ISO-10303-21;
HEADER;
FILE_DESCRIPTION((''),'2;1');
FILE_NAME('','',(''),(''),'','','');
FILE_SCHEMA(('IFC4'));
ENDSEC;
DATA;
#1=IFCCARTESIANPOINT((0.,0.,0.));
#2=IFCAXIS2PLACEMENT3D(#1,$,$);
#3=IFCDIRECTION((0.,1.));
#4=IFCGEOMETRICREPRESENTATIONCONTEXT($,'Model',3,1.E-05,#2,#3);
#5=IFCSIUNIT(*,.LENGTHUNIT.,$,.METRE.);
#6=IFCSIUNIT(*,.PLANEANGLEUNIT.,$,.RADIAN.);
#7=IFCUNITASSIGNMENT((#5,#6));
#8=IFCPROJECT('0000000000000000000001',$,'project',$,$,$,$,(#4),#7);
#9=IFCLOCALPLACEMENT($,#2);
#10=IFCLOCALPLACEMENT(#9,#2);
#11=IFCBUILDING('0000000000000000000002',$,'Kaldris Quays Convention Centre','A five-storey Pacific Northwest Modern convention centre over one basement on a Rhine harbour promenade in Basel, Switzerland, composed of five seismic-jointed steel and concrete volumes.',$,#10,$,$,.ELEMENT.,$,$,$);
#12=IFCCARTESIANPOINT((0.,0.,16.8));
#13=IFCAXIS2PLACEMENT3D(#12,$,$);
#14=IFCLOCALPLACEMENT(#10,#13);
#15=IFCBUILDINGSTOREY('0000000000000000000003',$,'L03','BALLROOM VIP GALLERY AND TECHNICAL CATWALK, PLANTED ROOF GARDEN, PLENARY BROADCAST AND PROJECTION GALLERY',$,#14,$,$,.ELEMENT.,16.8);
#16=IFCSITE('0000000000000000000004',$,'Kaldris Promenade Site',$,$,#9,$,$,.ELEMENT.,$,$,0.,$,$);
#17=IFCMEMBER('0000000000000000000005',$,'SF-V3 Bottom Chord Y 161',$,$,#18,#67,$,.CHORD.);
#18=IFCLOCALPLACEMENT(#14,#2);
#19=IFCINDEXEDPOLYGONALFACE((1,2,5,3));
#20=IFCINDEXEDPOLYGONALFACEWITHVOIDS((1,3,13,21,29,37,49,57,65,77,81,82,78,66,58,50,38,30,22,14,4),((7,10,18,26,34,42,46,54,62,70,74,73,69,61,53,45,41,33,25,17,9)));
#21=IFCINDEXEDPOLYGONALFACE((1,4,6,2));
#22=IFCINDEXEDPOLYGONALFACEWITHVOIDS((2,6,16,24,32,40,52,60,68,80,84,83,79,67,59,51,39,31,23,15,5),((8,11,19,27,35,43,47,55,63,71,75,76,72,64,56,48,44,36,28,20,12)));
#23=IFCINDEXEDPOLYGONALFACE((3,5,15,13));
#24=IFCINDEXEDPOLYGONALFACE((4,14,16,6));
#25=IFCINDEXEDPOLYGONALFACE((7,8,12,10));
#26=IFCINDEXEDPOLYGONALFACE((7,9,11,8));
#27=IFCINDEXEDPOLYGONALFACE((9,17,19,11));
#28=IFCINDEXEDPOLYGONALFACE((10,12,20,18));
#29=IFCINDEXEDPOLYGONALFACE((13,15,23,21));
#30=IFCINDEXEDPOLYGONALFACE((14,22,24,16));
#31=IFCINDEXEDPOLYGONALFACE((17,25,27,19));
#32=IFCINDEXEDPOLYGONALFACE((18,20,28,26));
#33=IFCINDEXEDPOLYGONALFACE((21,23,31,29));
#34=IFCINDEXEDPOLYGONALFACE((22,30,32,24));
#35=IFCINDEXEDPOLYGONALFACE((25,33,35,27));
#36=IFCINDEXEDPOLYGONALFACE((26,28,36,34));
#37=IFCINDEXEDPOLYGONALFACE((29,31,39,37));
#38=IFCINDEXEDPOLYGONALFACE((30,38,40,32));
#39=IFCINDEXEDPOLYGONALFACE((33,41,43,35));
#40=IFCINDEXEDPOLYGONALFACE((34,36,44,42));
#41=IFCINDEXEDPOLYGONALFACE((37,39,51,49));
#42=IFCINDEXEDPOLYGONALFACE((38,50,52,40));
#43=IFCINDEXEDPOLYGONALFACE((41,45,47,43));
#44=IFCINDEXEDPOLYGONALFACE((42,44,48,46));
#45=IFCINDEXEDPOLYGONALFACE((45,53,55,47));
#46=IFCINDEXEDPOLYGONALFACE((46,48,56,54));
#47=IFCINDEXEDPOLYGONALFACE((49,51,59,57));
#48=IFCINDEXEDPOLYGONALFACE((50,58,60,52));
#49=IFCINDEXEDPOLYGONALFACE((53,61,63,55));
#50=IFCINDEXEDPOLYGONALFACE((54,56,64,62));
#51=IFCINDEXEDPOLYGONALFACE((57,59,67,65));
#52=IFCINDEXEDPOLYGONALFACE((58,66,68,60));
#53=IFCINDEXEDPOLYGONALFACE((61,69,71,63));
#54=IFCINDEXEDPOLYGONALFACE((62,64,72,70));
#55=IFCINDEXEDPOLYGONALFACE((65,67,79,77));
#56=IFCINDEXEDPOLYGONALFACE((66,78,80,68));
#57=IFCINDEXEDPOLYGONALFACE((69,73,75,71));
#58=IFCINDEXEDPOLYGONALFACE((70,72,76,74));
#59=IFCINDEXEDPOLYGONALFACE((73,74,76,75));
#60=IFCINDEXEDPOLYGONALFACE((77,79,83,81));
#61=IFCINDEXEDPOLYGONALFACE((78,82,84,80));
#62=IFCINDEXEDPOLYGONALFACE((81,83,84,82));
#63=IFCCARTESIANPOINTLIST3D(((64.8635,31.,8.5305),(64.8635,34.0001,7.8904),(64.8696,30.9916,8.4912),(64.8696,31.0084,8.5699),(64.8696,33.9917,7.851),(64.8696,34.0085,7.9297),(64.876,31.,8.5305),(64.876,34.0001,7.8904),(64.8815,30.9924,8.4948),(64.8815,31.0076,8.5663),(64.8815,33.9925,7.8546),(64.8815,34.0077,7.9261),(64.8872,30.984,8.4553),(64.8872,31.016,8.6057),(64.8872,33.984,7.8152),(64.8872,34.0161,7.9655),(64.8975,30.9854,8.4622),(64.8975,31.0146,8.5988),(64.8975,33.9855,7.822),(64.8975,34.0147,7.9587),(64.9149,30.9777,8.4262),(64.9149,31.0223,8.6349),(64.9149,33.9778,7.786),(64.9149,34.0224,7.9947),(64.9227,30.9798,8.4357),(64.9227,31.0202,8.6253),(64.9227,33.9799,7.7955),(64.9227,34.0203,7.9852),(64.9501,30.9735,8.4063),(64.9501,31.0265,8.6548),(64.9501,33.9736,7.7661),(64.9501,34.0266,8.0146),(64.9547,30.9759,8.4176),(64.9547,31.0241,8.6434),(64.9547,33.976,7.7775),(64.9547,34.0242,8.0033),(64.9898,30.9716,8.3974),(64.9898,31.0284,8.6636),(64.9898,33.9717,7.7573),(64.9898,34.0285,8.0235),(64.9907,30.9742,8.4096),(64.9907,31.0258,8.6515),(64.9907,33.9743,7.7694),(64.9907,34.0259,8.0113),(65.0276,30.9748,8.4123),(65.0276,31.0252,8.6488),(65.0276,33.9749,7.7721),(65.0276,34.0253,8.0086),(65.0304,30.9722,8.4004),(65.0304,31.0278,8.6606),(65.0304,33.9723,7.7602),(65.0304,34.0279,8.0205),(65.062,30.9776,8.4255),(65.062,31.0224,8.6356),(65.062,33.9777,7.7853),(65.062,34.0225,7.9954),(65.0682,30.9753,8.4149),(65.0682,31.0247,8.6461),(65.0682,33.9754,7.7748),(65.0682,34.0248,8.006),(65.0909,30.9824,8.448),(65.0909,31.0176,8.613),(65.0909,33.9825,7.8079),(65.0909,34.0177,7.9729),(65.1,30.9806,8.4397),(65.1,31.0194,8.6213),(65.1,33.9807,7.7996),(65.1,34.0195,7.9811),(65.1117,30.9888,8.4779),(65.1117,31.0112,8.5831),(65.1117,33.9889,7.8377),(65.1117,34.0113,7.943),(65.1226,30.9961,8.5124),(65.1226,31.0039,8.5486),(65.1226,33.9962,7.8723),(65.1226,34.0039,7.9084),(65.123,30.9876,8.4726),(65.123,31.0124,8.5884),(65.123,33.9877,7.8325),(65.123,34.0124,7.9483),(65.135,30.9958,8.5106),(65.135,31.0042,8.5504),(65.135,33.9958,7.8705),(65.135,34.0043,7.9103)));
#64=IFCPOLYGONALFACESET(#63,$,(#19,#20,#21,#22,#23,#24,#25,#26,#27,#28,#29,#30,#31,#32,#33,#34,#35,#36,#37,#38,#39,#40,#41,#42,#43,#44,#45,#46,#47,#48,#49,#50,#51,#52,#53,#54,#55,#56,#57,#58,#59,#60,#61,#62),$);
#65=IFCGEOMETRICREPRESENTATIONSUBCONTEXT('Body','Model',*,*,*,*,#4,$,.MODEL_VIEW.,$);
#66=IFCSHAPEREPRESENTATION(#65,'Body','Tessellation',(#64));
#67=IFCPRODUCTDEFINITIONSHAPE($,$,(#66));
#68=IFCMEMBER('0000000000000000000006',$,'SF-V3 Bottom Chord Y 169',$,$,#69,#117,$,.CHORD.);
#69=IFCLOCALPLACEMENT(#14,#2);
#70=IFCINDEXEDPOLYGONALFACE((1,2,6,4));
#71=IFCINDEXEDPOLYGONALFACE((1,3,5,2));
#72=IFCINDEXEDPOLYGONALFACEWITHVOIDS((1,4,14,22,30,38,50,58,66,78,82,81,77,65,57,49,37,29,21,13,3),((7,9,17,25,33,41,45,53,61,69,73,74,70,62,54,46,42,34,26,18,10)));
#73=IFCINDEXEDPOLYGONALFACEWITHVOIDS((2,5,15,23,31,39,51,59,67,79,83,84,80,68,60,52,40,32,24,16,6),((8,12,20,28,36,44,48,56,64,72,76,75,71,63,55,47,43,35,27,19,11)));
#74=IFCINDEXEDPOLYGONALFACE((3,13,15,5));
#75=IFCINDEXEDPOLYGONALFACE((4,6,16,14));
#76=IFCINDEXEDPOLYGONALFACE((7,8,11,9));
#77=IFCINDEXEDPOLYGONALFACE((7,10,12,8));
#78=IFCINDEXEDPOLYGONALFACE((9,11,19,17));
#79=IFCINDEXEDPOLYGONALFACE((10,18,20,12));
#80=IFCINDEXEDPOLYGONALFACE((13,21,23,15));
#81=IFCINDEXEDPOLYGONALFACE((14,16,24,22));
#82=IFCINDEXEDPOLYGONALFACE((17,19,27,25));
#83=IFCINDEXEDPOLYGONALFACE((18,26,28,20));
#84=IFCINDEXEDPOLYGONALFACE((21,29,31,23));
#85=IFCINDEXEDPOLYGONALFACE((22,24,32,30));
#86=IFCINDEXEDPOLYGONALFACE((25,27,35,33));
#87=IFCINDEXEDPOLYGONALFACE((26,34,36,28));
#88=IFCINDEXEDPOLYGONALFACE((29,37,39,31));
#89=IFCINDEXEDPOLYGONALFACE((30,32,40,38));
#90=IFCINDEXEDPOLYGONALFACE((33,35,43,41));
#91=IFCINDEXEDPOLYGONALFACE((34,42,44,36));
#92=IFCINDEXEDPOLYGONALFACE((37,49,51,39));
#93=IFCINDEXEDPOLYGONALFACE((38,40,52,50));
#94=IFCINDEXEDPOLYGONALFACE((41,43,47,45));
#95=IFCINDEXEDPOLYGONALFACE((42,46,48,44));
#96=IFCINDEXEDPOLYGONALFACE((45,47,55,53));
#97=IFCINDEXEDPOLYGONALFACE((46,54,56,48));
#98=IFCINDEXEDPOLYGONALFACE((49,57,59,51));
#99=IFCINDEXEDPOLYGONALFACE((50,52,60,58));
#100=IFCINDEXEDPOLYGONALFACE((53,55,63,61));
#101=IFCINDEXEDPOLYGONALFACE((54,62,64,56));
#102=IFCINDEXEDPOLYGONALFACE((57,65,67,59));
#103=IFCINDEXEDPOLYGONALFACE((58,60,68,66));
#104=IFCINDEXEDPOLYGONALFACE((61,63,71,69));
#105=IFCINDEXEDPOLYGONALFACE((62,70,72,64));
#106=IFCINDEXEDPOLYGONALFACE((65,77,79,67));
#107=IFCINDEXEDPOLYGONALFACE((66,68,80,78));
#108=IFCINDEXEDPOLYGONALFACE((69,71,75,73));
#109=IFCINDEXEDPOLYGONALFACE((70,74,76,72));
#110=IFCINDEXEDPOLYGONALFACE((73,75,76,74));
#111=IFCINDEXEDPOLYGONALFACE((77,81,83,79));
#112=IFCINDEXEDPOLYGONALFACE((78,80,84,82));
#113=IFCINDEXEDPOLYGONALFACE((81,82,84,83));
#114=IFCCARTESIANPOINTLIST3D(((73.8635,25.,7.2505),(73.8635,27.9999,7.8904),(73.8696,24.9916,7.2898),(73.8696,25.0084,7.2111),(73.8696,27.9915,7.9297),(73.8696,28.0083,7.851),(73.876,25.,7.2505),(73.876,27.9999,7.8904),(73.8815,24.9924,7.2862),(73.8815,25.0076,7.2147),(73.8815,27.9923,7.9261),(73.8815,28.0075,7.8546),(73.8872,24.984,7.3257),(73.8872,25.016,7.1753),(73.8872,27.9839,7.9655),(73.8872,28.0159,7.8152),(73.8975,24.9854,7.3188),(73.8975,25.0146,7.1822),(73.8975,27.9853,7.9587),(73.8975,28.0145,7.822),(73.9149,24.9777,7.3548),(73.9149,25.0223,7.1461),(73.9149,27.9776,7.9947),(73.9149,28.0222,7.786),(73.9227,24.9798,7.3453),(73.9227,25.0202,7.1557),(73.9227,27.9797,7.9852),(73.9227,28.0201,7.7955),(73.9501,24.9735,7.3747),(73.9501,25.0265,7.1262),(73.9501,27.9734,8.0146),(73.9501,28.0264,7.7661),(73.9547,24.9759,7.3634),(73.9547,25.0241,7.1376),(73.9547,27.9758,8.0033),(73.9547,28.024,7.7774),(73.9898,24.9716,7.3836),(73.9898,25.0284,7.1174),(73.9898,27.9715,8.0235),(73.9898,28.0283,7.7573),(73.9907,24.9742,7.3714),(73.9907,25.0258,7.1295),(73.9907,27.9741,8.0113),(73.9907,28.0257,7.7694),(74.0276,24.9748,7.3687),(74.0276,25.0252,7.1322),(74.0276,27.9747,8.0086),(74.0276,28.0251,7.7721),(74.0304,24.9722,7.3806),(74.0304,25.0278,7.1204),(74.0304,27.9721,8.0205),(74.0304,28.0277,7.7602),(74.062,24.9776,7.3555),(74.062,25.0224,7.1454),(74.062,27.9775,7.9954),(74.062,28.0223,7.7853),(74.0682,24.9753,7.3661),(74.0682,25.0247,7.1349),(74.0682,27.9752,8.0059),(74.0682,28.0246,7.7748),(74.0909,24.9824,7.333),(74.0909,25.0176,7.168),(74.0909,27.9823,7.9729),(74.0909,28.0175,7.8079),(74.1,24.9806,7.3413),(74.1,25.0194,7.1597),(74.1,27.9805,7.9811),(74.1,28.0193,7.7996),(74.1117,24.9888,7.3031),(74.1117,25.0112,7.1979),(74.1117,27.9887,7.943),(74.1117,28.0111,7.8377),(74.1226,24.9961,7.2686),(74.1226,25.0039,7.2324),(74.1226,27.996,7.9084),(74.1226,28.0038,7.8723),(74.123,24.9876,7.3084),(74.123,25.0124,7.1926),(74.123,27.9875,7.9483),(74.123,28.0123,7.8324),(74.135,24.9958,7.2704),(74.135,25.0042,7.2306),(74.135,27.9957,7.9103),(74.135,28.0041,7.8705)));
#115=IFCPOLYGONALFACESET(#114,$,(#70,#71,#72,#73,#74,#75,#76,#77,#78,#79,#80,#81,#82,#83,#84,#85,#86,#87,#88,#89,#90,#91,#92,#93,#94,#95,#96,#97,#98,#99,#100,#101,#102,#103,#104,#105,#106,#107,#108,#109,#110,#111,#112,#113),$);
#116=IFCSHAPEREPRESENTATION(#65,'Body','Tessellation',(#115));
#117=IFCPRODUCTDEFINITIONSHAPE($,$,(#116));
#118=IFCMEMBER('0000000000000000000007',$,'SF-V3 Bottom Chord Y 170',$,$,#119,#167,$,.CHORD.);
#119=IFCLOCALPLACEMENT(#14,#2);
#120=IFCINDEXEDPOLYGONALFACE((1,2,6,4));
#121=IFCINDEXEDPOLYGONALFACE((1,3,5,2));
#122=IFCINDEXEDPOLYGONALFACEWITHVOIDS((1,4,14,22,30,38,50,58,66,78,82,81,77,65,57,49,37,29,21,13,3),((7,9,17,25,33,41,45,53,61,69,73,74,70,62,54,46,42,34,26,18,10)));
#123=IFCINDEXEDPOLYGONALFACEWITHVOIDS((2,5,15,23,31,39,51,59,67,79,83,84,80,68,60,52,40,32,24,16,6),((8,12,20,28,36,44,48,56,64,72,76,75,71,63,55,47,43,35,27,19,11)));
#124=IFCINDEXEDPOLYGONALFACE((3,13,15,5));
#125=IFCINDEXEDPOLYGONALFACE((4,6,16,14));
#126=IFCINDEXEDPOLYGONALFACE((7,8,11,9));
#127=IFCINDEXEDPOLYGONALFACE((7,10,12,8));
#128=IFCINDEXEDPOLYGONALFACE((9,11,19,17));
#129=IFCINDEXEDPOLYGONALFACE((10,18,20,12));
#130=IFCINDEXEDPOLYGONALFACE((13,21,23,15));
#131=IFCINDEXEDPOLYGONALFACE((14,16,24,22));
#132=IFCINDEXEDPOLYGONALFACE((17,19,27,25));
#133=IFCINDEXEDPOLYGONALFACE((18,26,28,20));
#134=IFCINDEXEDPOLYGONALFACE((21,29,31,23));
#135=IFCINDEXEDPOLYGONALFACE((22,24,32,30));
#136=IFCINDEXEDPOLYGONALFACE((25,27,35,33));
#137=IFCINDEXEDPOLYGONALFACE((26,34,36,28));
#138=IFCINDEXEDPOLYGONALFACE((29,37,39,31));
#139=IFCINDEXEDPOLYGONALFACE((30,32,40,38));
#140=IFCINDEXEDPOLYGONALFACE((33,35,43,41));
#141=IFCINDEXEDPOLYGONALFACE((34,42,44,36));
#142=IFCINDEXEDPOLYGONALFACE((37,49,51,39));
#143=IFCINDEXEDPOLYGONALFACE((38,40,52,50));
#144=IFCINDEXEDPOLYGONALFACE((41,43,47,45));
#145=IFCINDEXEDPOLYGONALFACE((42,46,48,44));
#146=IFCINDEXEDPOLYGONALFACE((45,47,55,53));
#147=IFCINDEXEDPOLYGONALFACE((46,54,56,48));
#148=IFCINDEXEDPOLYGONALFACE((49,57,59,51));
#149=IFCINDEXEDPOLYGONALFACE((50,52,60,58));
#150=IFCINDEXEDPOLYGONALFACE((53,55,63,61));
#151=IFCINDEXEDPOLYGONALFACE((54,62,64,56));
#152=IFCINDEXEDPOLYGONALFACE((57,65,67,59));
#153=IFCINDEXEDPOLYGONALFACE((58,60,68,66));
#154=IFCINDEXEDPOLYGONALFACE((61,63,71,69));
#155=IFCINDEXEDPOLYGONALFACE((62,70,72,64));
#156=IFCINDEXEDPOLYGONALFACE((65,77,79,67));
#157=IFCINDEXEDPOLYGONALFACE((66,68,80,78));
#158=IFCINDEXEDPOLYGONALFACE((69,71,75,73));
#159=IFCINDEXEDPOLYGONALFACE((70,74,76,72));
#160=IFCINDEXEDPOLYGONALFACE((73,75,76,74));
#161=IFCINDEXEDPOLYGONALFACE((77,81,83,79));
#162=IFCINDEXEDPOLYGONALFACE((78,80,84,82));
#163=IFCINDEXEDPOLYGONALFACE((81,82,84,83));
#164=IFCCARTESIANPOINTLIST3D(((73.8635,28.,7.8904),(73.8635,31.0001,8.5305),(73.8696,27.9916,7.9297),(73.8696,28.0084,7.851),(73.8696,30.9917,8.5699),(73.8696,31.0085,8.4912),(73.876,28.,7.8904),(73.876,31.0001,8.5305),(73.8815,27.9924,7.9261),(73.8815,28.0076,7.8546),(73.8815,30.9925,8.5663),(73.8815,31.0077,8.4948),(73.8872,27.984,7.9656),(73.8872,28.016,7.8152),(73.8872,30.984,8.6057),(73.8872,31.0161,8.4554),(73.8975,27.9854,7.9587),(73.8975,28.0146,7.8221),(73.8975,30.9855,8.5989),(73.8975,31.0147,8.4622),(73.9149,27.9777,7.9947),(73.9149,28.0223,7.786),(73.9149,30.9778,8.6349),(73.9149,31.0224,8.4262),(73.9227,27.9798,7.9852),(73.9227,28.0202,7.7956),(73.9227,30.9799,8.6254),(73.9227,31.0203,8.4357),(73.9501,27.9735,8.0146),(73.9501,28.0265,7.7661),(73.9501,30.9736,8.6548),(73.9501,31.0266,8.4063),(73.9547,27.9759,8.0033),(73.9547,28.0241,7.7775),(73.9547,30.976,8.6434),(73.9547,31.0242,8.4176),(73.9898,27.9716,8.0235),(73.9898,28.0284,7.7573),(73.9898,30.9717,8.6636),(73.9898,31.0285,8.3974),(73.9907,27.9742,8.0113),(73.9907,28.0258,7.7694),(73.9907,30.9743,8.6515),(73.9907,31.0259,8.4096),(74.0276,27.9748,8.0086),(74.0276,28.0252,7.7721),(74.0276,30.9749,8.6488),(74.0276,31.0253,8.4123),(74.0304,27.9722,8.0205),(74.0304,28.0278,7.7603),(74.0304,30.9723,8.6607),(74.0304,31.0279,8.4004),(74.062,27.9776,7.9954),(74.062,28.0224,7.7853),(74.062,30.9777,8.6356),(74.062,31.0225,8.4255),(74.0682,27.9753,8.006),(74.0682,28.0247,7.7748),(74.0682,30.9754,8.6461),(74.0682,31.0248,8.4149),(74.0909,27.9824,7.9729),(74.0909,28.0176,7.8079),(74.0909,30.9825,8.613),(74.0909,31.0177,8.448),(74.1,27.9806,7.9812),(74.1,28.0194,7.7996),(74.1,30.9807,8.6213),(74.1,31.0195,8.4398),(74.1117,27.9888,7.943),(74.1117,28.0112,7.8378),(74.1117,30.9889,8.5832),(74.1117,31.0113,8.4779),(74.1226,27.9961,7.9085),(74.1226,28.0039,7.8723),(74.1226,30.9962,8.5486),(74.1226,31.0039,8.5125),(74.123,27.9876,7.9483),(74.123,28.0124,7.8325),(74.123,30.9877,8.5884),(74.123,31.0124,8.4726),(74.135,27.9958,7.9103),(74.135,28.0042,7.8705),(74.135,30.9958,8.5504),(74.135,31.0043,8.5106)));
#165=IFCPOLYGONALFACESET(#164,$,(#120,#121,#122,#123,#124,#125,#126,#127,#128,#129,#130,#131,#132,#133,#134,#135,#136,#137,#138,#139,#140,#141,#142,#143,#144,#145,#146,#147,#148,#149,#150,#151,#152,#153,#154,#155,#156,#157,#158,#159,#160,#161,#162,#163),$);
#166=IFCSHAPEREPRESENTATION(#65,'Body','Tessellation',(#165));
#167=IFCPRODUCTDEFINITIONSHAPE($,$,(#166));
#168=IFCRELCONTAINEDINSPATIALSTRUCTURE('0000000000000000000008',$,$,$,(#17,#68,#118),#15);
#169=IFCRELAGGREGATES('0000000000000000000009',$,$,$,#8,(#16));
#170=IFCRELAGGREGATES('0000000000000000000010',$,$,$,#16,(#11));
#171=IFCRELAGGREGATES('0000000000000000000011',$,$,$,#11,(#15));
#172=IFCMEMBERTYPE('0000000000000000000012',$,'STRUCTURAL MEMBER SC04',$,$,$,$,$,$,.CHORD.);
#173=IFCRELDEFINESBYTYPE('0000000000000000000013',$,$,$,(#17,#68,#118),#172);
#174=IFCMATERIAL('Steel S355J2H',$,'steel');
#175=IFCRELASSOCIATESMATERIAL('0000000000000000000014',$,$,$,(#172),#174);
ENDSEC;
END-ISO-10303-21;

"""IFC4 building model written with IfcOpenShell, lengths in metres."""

from ifc_helpers import new_model, si_unit, direction, frame, origin, origin_2d, place, context, subcontext, project, spatial, hollow_circle, extrude, material, material_profile, profile_set, type_object, element, save


model = new_model("IFC4")

# Units and contexts
model_context = context("Model", 3, precision=1e-05, world=origin(), true_north=direction((0.0, 1.0)))
body_context = subcontext(model_context, "Body", "Model", "MODEL_VIEW")
ifc_project = project(units=[si_unit("LENGTHUNIT", "METRE"), si_unit("PLANEANGLEUNIT", "RADIAN")], contexts=[model_context])

# Site, building, storey
site_placement = place(None, origin())
site = spatial("IfcSite", under=ifc_project, at=site_placement, Name="Kaldris Promenade Site", CompositionType="ELEMENT", RefElevation=0.0)
building_placement = place(site_placement, origin())
building = spatial("IfcBuilding", under=site, at=building_placement, Name="Kaldris Quays Convention Centre", Description="A five-storey Pacific Northwest Modern convention centre over one basement on a Rhine harbour promenade in Basel, Switzerland, composed of five seismic-jointed steel and concrete volumes.", CompositionType="ELEMENT")
storey_placement = place(building_placement, frame((0.0, 0.0, 16.8)))
storey = spatial("IfcBuildingStorey", under=building, at=storey_placement, Name="L03", Description="BALLROOM VIP GALLERY AND TECHNICAL CATWALK, PLANTED ROOF GARDEN, PLENARY BROADCAST AND PROJECTION GALLERY", CompositionType="ELEMENT", Elevation=16.8)

# Members
ifc_material_1 = material(Name="Steel S355J2H", Category="steel")
ifc_material_profile_1 = material_profile(ifc_material_1, hollow_circle(Radius=0.1365, WallThickness=0.0125, at=origin_2d()), Name="CHS 273x12.5")
ifc_profile_set_1 = profile_set([ifc_material_profile_1], Name="Steel S355J2H")
member_type_1 = type_object("IfcMemberType", Name="STRUCTURAL MEMBER SC04", PredefinedType="CHORD", material=ifc_profile_set_1)
for number, where, z_axis, x_axis, name in (
    (1, (65.0, 31.0, 8.5305), (0.0, 0.977984, -0.208681), (-1.0, 0.0, 0.0), "SF-V3 Bottom Chord Y 161"),
):
    element("IfcMember", number, at=place(storey_placement, frame(where, z_axis=z_axis, x_axis=x_axis)), inside=storey, type_object=member_type_1, Name=name, PredefinedType="CHORD", context=body_context, shape_type="SweptSolid", body=[
        extrude(hollow_circle(Radius=0.1365, WallThickness=0.0125, at=origin_2d()), origin(), (0.0, 0.0, 1.0), 3.0676),
    ])
member_1_placement = place(storey_placement, frame((74.0, 25.0, 7.2505), z_axis=(0.0, 0.978, 0.208605), x_axis=(-1.0, 0.0, 0.0)))
element("IfcMember", 2, at=member_1_placement, inside=storey, type_object=member_type_1, Name="SF-V3 Bottom Chord Y 169", PredefinedType="CHORD", context=body_context, shape_type="SweptSolid", body=[
    extrude(hollow_circle(Radius=0.1365, WallThickness=0.0125, at=origin_2d()), origin(), (0.0, 0.0, 1.0), 3.0674),
])
for number, where, z_axis, x_axis, name in (
    (3, (74.0, 28.0, 7.8904), (0.0, 0.977984, 0.208681), (-1.0, 0.0, 0.0), "SF-V3 Bottom Chord Y 170"),
):
    element("IfcMember", number, at=place(storey_placement, frame(where, z_axis=z_axis, x_axis=x_axis)), inside=storey, type_object=member_type_1, Name=name, PredefinedType="CHORD", context=body_context, shape_type="SweptSolid", body=[
        extrude(hollow_circle(Radius=0.1365, WallThickness=0.0125, at=origin_2d()), origin(), (0.0, 0.0, 1.0), 3.0676),
    ])

save(model, "model.ifc")
